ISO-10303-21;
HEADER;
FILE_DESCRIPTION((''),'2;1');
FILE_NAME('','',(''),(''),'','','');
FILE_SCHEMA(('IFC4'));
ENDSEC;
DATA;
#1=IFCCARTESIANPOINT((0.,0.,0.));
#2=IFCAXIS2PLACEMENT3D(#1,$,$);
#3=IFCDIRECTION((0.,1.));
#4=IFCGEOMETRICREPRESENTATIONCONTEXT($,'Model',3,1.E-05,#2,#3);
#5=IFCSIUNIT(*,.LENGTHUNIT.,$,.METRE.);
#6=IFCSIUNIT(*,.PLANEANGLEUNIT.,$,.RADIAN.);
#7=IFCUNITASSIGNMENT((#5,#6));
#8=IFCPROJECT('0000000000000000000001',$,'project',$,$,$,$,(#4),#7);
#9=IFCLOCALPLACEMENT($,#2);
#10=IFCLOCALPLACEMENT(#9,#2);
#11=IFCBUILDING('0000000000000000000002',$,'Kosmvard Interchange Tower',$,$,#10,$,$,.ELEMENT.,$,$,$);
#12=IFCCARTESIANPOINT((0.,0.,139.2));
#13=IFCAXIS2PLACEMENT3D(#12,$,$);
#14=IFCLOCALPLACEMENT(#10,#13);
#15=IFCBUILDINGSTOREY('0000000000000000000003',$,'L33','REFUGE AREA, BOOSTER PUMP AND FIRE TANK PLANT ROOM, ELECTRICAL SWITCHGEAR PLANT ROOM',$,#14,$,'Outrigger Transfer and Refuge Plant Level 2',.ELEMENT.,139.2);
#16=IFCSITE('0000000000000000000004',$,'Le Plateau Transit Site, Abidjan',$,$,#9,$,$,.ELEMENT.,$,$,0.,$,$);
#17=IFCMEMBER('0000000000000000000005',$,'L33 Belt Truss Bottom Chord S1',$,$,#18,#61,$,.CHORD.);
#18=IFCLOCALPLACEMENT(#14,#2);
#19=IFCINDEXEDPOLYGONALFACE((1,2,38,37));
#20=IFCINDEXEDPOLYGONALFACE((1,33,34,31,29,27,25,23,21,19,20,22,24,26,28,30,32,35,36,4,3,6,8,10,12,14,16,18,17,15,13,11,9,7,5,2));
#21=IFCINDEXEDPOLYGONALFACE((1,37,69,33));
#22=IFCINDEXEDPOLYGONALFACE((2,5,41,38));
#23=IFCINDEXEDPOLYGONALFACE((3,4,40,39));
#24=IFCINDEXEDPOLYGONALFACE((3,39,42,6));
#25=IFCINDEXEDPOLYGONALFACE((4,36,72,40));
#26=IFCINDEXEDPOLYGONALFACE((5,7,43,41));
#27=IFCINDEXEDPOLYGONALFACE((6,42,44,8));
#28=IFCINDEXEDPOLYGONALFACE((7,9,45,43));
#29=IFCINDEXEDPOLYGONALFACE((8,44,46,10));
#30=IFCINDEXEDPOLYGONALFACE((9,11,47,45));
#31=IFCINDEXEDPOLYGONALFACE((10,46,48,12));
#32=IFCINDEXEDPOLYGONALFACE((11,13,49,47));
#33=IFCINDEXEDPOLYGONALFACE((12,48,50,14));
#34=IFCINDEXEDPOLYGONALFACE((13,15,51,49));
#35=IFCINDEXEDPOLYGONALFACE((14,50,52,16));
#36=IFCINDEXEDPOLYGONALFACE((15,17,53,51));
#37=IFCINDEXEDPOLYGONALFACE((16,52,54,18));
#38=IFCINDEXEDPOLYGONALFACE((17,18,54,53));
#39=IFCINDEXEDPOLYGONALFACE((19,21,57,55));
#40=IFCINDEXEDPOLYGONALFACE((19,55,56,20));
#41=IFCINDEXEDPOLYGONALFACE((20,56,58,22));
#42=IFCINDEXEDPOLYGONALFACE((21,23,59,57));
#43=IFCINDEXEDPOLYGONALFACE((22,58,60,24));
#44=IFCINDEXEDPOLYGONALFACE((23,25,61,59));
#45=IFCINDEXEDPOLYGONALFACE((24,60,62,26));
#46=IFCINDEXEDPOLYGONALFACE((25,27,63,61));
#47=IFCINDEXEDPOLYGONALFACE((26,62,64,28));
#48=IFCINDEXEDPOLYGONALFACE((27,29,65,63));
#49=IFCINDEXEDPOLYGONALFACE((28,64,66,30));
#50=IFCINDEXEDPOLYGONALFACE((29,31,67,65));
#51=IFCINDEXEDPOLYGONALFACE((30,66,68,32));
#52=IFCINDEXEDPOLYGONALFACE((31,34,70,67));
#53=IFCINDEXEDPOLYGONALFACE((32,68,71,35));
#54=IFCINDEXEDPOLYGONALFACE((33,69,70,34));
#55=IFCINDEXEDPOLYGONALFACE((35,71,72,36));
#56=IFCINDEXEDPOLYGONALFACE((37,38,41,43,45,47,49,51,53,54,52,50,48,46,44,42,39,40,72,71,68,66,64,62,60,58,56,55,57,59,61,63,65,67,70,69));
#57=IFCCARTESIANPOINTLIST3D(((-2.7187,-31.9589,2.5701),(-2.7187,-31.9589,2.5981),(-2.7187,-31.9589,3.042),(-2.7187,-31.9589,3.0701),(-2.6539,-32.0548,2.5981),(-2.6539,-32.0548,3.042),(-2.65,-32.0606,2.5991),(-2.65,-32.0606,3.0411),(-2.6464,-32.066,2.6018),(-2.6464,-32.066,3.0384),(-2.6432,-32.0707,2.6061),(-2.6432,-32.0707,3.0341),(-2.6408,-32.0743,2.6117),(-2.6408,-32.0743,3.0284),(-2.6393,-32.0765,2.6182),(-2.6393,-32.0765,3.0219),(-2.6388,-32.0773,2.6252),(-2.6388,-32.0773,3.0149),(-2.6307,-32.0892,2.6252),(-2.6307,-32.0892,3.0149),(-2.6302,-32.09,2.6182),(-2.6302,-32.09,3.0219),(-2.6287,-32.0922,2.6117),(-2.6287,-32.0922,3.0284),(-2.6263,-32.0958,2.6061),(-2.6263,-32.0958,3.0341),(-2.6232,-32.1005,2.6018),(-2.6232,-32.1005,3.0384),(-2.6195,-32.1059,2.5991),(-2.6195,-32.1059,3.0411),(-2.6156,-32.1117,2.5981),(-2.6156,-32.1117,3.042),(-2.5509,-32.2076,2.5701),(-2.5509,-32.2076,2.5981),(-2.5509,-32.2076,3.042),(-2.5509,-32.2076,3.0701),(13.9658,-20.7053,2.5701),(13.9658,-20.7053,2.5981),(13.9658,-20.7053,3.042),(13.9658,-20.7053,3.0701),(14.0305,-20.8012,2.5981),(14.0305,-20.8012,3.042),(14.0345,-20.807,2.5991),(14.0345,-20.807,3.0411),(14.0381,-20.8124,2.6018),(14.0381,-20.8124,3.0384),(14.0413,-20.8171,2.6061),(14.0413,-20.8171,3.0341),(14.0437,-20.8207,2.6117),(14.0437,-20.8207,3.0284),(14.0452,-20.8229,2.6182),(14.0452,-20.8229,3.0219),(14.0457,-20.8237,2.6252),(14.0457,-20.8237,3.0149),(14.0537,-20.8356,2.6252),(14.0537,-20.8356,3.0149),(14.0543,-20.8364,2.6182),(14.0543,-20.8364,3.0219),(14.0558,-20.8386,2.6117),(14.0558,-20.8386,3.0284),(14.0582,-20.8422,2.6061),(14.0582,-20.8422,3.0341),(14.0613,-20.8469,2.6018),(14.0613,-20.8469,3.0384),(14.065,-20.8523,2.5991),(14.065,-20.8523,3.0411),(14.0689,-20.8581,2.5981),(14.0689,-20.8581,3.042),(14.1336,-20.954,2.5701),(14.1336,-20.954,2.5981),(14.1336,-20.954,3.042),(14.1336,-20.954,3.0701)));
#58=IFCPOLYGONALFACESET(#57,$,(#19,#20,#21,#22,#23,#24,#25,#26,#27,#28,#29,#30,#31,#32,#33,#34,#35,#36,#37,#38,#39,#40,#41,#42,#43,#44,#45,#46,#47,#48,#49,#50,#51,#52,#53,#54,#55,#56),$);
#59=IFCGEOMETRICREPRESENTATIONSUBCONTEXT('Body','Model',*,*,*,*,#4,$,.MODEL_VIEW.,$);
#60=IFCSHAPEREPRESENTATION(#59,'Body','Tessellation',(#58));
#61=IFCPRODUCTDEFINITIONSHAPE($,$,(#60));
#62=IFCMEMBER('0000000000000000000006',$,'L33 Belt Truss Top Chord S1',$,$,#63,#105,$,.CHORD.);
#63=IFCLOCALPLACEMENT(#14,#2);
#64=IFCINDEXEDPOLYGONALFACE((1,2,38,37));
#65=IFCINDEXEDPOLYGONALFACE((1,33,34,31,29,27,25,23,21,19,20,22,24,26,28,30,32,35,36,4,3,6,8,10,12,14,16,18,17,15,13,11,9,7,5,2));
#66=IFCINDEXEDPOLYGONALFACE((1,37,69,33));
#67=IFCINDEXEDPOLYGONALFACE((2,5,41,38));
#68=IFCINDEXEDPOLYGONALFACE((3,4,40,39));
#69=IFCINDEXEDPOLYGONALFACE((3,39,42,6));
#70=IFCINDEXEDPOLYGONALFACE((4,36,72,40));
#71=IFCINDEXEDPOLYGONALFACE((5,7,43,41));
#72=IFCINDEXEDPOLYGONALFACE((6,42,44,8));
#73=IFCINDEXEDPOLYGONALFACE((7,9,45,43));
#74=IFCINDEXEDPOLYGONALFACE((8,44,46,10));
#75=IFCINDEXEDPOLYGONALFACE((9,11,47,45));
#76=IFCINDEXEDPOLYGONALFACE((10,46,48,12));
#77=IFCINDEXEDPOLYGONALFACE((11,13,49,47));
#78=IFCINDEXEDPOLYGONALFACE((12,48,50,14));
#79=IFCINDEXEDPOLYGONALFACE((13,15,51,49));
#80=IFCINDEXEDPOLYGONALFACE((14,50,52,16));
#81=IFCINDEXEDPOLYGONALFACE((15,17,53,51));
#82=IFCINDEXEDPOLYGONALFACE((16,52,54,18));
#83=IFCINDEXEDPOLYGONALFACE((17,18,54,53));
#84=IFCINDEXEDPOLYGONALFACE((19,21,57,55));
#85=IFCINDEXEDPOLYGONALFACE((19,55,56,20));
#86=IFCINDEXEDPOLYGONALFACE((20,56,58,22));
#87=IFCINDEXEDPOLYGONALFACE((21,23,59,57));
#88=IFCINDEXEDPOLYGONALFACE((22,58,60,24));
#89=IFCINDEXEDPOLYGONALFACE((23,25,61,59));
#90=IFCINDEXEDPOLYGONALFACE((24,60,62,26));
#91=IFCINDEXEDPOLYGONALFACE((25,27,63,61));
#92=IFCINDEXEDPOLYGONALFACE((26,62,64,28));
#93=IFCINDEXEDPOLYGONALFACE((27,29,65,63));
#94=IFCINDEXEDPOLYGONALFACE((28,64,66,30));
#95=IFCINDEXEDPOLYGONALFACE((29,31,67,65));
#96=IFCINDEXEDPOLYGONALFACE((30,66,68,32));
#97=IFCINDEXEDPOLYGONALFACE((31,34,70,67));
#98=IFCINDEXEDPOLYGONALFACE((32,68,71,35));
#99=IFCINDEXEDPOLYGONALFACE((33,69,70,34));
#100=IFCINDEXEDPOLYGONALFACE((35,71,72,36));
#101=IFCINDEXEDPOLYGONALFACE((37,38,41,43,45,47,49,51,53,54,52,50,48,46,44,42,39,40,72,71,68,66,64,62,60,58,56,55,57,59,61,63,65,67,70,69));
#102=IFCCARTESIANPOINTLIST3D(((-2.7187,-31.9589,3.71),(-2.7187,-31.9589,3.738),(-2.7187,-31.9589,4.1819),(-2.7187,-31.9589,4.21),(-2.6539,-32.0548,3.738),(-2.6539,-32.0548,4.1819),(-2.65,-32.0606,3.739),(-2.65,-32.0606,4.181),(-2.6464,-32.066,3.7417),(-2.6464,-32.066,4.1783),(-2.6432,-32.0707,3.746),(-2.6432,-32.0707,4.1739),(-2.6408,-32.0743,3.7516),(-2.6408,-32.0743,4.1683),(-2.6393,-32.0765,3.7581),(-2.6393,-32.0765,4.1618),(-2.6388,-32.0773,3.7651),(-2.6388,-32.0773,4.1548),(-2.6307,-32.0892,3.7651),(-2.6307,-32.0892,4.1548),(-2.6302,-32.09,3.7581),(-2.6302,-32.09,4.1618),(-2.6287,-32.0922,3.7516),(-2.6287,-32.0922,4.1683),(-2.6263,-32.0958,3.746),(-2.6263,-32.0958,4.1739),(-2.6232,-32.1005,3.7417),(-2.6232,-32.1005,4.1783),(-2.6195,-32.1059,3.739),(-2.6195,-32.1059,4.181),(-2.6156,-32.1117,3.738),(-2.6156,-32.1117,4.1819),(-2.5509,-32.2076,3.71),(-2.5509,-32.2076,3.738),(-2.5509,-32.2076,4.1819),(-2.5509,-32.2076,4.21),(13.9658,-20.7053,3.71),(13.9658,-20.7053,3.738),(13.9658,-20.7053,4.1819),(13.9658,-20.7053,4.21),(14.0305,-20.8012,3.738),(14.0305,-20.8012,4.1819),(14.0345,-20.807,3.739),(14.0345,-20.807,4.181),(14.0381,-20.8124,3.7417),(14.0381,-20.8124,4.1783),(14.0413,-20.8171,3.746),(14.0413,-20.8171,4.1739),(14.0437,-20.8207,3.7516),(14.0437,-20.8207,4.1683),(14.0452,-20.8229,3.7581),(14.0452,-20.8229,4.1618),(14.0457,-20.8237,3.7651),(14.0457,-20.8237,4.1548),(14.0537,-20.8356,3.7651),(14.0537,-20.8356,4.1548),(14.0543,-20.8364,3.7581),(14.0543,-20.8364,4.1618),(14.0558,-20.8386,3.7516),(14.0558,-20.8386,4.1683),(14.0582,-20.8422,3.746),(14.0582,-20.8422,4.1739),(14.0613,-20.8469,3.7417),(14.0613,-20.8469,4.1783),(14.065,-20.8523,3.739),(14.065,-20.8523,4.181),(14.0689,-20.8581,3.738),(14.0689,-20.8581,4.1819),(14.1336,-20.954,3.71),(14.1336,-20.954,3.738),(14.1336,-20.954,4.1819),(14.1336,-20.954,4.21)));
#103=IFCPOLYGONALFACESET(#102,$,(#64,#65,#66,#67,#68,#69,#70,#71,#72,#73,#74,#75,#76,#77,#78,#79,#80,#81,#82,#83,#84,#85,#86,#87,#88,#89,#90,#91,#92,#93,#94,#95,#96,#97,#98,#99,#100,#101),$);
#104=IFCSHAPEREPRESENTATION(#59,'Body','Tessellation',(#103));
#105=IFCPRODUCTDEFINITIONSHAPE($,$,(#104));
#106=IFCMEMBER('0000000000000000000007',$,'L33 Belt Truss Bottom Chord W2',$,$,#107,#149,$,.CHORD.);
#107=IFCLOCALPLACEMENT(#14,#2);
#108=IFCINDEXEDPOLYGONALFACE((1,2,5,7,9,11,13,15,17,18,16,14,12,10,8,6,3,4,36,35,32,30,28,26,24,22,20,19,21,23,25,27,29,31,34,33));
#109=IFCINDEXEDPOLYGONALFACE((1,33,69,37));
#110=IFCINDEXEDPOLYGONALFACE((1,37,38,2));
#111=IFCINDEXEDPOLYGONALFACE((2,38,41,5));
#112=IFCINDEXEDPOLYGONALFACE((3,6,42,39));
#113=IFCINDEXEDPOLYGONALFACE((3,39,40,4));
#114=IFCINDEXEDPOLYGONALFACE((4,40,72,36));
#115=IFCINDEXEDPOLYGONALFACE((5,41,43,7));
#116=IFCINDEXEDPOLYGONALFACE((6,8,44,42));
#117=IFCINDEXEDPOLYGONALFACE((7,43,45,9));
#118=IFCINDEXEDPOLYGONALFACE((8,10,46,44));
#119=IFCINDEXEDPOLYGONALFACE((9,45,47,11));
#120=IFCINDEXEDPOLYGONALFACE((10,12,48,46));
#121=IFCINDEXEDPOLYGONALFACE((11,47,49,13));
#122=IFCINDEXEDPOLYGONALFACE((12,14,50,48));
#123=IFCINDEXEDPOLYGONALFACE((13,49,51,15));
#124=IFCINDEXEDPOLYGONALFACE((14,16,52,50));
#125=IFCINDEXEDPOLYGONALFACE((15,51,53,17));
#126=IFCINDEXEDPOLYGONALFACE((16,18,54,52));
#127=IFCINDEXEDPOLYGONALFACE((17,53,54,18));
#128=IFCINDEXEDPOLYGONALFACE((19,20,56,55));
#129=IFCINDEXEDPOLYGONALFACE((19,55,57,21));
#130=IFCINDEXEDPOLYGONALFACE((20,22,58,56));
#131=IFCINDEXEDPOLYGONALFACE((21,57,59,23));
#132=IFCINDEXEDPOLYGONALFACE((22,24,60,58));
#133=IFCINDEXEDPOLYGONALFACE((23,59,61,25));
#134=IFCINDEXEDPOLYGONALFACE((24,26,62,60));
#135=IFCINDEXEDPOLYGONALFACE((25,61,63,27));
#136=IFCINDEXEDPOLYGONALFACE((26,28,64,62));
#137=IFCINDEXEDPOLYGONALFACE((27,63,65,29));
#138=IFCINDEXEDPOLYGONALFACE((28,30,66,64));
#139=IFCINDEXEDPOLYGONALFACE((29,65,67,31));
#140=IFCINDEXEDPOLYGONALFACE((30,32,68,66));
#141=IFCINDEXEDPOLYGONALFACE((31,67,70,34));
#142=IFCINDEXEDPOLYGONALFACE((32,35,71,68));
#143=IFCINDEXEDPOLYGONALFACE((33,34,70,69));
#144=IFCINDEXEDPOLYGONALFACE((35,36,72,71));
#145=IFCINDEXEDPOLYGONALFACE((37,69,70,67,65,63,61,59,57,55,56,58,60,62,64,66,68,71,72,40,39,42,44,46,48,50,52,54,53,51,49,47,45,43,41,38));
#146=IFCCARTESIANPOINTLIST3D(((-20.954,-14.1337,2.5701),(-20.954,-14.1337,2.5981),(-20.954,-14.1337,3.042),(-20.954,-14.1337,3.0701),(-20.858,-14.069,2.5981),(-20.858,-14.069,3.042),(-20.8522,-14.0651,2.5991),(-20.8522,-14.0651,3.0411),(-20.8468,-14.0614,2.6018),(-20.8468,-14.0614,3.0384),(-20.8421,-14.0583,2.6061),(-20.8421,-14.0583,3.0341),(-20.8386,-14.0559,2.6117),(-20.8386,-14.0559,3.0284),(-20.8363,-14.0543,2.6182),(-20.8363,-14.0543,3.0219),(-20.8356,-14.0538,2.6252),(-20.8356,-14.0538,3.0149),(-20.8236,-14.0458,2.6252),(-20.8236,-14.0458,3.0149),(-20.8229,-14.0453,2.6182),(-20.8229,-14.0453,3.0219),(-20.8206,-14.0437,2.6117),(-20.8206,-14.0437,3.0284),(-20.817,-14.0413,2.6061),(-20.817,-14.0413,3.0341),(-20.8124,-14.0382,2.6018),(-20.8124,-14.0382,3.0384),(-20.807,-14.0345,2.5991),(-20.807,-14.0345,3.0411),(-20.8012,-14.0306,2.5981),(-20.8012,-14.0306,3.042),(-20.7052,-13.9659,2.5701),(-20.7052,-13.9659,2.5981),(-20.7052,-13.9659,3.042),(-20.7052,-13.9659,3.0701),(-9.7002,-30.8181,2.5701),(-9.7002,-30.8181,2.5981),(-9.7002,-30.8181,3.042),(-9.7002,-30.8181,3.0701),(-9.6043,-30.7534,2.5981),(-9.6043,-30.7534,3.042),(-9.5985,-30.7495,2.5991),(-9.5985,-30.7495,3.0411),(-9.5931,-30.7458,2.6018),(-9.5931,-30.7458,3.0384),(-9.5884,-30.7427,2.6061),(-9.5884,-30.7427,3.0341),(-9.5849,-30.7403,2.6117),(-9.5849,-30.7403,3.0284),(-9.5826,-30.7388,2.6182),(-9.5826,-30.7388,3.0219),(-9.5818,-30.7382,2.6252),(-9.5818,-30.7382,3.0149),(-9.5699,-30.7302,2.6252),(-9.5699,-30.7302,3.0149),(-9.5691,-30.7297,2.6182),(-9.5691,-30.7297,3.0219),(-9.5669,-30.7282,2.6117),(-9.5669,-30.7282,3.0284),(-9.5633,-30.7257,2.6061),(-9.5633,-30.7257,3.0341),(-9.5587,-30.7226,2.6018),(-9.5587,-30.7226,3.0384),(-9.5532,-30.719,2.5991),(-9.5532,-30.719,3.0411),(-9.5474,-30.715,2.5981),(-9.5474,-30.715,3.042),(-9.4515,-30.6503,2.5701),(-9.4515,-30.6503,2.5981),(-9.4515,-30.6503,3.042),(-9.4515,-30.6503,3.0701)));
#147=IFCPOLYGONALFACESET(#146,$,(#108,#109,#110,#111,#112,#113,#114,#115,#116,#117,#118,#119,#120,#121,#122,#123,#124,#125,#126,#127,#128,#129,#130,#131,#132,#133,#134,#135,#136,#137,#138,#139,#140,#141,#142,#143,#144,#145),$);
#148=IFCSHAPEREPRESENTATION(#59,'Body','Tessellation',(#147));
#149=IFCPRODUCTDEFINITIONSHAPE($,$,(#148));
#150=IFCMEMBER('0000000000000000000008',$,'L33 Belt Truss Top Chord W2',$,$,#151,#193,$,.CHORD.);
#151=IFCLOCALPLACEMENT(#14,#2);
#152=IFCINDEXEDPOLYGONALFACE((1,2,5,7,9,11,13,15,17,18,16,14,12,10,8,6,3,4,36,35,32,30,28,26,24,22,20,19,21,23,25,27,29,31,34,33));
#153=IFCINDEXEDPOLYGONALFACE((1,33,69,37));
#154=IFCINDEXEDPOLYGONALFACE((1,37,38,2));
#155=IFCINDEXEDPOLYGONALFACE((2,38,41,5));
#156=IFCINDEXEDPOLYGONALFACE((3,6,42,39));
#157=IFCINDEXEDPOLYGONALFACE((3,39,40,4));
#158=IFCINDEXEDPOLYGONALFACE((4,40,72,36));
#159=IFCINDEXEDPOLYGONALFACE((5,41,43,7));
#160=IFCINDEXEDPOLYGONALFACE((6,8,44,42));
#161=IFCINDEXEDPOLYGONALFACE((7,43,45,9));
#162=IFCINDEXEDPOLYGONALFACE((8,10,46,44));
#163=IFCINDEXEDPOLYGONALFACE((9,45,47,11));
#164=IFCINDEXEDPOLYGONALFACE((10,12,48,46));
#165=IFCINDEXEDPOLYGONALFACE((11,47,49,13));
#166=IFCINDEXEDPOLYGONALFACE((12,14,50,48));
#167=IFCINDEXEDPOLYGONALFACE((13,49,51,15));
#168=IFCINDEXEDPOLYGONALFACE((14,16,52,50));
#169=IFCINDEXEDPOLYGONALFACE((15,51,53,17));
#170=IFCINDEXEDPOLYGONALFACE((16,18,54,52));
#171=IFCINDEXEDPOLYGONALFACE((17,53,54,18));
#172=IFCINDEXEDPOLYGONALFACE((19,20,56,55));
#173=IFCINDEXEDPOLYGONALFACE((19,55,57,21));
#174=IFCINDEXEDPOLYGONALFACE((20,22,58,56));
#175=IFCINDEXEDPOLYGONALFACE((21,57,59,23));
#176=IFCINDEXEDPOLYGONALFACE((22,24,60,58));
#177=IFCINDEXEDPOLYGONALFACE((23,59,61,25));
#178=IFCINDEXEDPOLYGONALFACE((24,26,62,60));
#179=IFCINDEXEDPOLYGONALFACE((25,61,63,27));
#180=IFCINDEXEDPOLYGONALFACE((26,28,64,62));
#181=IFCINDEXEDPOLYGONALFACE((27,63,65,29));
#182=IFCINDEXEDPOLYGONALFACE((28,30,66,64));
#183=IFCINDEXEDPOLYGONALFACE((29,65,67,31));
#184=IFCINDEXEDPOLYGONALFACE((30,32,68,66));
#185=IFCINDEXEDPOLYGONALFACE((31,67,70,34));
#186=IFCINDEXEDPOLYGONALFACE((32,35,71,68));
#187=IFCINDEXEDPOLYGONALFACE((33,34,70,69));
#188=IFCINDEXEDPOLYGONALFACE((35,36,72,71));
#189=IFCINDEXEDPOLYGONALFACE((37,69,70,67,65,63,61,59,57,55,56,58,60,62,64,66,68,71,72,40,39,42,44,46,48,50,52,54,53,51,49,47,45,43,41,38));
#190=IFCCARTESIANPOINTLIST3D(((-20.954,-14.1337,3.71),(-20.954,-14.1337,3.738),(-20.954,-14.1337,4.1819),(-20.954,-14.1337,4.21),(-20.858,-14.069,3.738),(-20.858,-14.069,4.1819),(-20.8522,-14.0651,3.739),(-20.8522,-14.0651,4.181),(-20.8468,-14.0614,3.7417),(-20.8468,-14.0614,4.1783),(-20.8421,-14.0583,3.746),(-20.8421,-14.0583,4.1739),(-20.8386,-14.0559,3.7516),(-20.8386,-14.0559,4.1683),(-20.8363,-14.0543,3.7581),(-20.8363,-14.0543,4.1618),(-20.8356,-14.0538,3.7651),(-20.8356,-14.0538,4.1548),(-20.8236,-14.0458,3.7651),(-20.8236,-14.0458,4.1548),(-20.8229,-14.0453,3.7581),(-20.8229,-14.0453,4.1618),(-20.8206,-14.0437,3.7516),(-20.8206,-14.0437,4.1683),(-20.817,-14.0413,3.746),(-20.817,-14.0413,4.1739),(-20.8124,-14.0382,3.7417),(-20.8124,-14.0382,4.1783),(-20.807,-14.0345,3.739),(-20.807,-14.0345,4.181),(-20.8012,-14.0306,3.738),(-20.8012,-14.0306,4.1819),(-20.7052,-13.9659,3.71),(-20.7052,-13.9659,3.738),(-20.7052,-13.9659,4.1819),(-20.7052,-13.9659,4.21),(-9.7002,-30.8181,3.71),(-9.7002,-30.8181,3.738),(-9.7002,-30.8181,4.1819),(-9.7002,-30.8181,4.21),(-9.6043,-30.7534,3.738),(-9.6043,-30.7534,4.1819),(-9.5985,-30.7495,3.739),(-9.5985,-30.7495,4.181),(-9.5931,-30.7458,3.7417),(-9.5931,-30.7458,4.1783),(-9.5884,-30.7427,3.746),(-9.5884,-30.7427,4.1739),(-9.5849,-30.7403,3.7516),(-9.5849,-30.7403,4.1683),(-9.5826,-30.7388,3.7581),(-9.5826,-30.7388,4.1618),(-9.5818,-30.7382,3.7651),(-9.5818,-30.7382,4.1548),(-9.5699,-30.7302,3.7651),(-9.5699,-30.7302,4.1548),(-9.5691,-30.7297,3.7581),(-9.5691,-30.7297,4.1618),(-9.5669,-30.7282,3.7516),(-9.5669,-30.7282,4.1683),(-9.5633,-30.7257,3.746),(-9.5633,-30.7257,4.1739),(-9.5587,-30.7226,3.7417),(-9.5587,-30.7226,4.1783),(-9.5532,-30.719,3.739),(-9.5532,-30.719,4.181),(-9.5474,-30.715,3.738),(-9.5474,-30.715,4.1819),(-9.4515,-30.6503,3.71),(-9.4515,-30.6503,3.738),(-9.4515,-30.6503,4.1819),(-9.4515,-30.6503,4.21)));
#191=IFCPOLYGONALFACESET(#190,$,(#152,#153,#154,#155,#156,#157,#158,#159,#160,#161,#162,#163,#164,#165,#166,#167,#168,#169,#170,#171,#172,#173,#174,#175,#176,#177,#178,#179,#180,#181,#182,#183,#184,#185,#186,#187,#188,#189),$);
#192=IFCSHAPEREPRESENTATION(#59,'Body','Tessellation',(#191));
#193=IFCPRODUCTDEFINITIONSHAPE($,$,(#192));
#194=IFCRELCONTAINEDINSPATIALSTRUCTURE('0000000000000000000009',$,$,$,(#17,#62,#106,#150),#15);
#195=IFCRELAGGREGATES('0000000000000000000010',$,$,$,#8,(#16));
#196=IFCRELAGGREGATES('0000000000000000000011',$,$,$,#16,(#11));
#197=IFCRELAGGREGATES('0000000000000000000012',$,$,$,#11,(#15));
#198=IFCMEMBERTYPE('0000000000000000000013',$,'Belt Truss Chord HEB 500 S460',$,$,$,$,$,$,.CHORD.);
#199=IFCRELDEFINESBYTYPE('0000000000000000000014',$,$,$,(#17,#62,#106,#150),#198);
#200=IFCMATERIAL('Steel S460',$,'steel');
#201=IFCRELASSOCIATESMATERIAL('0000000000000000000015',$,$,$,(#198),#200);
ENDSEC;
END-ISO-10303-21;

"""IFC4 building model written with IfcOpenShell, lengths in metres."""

from ifc_helpers import new_model, si_unit, direction, frame, origin, origin_2d, place, context, subcontext, project, spatial, i_section, extrude, source, transform, mapped, material, material_profile, profile_set, type_object, element, save


model = new_model("IFC4")

# Units and contexts
model_context = context("Model", 3, precision=1e-05, world=origin(), true_north=direction((0.0, 1.0)))
body_context = subcontext(model_context, "Body", "Model", "MODEL_VIEW")
ifc_project = project(units=[si_unit("LENGTHUNIT", "METRE"), si_unit("PLANEANGLEUNIT", "RADIAN")], contexts=[model_context])

# Site, building, storey
site_placement = place(None, origin())
site = spatial("IfcSite", under=ifc_project, at=site_placement, Name="Le Plateau Transit Site, Abidjan", CompositionType="ELEMENT", RefElevation=0.0)
building_placement = place(site_placement, origin())
building = spatial("IfcBuilding", under=site, at=building_placement, Name="Kosmvard Interchange Tower", CompositionType="ELEMENT")
storey_placement = place(building_placement, frame((0.0, 0.0, 139.2)))
storey = spatial("IfcBuildingStorey", under=building, at=storey_placement, Name="L33", Description="REFUGE AREA, BOOSTER PUMP AND FIRE TANK PLANT ROOM, ELECTRICAL SWITCHGEAR PLANT ROOM", LongName="Outrigger Transfer and Refuge Plant Level 2", CompositionType="ELEMENT", Elevation=139.2)

# Shared definitions
ifc_material_1 = material(Name="Steel S460", Category="steel")

# Members
ifc_material_profile_1 = material_profile(ifc_material_1, i_section(OverallWidth=0.3, OverallDepth=0.5, WebThickness=0.0144, FlangeThickness=0.0281, FilletRadius=0.0271, at=origin_2d()), Name="HEB 500")
ifc_profile_set_1 = profile_set([ifc_material_profile_1], Name="Steel S460")
member_type_1 = type_object("IfcMemberType", Name="Belt Truss Chord HEB 500 S460", PredefinedType="CHORD", material=ifc_profile_set_1)
shared_shape_1 = source(origin(), body_context, "Body", "SweptSolid", [
    extrude(i_section(OverallWidth=0.3, OverallDepth=0.5, WebThickness=0.0144, FlangeThickness=0.0281, FilletRadius=0.0271, at=origin_2d()), origin(), (0.0, 0.0, 1.0), 20.125),
])
for number, where, z_axis, x_axis, name in (
    (1, (-2.6348, -32.0833, 2.8201), (0.829043, 0.559185, 0.0), (-0.559185, 0.829043, 0.0), "L33 Belt Truss Bottom Chord S1"),
    (2, (-2.6348, -32.0833, 3.96), (0.829043, 0.559185, 0.0), (-0.559185, 0.829043, 0.0), "L33 Belt Truss Top Chord S1"),
    (3, (-20.8296, -14.0498, 2.8201), (0.559191, -0.829039, 0.0), (0.829039, 0.559191, 0.0), "L33 Belt Truss Bottom Chord W2"),
    (4, (-20.8296, -14.0498, 3.96), (0.559191, -0.829039, 0.0), (0.829039, 0.559191, 0.0), "L33 Belt Truss Top Chord W2"),
):
    element("IfcMember", number, at=place(storey_placement, frame(where, z_axis=z_axis, x_axis=x_axis)), inside=storey, type_object=member_type_1, Name=name, PredefinedType="CHORD", context=body_context, shape_type="MappedRepresentation", body=[
        mapped(shared_shape_1, transform((0.0, 0.0, 0.0), scale=1.0)),
    ])

save(model, "model.ifc")
